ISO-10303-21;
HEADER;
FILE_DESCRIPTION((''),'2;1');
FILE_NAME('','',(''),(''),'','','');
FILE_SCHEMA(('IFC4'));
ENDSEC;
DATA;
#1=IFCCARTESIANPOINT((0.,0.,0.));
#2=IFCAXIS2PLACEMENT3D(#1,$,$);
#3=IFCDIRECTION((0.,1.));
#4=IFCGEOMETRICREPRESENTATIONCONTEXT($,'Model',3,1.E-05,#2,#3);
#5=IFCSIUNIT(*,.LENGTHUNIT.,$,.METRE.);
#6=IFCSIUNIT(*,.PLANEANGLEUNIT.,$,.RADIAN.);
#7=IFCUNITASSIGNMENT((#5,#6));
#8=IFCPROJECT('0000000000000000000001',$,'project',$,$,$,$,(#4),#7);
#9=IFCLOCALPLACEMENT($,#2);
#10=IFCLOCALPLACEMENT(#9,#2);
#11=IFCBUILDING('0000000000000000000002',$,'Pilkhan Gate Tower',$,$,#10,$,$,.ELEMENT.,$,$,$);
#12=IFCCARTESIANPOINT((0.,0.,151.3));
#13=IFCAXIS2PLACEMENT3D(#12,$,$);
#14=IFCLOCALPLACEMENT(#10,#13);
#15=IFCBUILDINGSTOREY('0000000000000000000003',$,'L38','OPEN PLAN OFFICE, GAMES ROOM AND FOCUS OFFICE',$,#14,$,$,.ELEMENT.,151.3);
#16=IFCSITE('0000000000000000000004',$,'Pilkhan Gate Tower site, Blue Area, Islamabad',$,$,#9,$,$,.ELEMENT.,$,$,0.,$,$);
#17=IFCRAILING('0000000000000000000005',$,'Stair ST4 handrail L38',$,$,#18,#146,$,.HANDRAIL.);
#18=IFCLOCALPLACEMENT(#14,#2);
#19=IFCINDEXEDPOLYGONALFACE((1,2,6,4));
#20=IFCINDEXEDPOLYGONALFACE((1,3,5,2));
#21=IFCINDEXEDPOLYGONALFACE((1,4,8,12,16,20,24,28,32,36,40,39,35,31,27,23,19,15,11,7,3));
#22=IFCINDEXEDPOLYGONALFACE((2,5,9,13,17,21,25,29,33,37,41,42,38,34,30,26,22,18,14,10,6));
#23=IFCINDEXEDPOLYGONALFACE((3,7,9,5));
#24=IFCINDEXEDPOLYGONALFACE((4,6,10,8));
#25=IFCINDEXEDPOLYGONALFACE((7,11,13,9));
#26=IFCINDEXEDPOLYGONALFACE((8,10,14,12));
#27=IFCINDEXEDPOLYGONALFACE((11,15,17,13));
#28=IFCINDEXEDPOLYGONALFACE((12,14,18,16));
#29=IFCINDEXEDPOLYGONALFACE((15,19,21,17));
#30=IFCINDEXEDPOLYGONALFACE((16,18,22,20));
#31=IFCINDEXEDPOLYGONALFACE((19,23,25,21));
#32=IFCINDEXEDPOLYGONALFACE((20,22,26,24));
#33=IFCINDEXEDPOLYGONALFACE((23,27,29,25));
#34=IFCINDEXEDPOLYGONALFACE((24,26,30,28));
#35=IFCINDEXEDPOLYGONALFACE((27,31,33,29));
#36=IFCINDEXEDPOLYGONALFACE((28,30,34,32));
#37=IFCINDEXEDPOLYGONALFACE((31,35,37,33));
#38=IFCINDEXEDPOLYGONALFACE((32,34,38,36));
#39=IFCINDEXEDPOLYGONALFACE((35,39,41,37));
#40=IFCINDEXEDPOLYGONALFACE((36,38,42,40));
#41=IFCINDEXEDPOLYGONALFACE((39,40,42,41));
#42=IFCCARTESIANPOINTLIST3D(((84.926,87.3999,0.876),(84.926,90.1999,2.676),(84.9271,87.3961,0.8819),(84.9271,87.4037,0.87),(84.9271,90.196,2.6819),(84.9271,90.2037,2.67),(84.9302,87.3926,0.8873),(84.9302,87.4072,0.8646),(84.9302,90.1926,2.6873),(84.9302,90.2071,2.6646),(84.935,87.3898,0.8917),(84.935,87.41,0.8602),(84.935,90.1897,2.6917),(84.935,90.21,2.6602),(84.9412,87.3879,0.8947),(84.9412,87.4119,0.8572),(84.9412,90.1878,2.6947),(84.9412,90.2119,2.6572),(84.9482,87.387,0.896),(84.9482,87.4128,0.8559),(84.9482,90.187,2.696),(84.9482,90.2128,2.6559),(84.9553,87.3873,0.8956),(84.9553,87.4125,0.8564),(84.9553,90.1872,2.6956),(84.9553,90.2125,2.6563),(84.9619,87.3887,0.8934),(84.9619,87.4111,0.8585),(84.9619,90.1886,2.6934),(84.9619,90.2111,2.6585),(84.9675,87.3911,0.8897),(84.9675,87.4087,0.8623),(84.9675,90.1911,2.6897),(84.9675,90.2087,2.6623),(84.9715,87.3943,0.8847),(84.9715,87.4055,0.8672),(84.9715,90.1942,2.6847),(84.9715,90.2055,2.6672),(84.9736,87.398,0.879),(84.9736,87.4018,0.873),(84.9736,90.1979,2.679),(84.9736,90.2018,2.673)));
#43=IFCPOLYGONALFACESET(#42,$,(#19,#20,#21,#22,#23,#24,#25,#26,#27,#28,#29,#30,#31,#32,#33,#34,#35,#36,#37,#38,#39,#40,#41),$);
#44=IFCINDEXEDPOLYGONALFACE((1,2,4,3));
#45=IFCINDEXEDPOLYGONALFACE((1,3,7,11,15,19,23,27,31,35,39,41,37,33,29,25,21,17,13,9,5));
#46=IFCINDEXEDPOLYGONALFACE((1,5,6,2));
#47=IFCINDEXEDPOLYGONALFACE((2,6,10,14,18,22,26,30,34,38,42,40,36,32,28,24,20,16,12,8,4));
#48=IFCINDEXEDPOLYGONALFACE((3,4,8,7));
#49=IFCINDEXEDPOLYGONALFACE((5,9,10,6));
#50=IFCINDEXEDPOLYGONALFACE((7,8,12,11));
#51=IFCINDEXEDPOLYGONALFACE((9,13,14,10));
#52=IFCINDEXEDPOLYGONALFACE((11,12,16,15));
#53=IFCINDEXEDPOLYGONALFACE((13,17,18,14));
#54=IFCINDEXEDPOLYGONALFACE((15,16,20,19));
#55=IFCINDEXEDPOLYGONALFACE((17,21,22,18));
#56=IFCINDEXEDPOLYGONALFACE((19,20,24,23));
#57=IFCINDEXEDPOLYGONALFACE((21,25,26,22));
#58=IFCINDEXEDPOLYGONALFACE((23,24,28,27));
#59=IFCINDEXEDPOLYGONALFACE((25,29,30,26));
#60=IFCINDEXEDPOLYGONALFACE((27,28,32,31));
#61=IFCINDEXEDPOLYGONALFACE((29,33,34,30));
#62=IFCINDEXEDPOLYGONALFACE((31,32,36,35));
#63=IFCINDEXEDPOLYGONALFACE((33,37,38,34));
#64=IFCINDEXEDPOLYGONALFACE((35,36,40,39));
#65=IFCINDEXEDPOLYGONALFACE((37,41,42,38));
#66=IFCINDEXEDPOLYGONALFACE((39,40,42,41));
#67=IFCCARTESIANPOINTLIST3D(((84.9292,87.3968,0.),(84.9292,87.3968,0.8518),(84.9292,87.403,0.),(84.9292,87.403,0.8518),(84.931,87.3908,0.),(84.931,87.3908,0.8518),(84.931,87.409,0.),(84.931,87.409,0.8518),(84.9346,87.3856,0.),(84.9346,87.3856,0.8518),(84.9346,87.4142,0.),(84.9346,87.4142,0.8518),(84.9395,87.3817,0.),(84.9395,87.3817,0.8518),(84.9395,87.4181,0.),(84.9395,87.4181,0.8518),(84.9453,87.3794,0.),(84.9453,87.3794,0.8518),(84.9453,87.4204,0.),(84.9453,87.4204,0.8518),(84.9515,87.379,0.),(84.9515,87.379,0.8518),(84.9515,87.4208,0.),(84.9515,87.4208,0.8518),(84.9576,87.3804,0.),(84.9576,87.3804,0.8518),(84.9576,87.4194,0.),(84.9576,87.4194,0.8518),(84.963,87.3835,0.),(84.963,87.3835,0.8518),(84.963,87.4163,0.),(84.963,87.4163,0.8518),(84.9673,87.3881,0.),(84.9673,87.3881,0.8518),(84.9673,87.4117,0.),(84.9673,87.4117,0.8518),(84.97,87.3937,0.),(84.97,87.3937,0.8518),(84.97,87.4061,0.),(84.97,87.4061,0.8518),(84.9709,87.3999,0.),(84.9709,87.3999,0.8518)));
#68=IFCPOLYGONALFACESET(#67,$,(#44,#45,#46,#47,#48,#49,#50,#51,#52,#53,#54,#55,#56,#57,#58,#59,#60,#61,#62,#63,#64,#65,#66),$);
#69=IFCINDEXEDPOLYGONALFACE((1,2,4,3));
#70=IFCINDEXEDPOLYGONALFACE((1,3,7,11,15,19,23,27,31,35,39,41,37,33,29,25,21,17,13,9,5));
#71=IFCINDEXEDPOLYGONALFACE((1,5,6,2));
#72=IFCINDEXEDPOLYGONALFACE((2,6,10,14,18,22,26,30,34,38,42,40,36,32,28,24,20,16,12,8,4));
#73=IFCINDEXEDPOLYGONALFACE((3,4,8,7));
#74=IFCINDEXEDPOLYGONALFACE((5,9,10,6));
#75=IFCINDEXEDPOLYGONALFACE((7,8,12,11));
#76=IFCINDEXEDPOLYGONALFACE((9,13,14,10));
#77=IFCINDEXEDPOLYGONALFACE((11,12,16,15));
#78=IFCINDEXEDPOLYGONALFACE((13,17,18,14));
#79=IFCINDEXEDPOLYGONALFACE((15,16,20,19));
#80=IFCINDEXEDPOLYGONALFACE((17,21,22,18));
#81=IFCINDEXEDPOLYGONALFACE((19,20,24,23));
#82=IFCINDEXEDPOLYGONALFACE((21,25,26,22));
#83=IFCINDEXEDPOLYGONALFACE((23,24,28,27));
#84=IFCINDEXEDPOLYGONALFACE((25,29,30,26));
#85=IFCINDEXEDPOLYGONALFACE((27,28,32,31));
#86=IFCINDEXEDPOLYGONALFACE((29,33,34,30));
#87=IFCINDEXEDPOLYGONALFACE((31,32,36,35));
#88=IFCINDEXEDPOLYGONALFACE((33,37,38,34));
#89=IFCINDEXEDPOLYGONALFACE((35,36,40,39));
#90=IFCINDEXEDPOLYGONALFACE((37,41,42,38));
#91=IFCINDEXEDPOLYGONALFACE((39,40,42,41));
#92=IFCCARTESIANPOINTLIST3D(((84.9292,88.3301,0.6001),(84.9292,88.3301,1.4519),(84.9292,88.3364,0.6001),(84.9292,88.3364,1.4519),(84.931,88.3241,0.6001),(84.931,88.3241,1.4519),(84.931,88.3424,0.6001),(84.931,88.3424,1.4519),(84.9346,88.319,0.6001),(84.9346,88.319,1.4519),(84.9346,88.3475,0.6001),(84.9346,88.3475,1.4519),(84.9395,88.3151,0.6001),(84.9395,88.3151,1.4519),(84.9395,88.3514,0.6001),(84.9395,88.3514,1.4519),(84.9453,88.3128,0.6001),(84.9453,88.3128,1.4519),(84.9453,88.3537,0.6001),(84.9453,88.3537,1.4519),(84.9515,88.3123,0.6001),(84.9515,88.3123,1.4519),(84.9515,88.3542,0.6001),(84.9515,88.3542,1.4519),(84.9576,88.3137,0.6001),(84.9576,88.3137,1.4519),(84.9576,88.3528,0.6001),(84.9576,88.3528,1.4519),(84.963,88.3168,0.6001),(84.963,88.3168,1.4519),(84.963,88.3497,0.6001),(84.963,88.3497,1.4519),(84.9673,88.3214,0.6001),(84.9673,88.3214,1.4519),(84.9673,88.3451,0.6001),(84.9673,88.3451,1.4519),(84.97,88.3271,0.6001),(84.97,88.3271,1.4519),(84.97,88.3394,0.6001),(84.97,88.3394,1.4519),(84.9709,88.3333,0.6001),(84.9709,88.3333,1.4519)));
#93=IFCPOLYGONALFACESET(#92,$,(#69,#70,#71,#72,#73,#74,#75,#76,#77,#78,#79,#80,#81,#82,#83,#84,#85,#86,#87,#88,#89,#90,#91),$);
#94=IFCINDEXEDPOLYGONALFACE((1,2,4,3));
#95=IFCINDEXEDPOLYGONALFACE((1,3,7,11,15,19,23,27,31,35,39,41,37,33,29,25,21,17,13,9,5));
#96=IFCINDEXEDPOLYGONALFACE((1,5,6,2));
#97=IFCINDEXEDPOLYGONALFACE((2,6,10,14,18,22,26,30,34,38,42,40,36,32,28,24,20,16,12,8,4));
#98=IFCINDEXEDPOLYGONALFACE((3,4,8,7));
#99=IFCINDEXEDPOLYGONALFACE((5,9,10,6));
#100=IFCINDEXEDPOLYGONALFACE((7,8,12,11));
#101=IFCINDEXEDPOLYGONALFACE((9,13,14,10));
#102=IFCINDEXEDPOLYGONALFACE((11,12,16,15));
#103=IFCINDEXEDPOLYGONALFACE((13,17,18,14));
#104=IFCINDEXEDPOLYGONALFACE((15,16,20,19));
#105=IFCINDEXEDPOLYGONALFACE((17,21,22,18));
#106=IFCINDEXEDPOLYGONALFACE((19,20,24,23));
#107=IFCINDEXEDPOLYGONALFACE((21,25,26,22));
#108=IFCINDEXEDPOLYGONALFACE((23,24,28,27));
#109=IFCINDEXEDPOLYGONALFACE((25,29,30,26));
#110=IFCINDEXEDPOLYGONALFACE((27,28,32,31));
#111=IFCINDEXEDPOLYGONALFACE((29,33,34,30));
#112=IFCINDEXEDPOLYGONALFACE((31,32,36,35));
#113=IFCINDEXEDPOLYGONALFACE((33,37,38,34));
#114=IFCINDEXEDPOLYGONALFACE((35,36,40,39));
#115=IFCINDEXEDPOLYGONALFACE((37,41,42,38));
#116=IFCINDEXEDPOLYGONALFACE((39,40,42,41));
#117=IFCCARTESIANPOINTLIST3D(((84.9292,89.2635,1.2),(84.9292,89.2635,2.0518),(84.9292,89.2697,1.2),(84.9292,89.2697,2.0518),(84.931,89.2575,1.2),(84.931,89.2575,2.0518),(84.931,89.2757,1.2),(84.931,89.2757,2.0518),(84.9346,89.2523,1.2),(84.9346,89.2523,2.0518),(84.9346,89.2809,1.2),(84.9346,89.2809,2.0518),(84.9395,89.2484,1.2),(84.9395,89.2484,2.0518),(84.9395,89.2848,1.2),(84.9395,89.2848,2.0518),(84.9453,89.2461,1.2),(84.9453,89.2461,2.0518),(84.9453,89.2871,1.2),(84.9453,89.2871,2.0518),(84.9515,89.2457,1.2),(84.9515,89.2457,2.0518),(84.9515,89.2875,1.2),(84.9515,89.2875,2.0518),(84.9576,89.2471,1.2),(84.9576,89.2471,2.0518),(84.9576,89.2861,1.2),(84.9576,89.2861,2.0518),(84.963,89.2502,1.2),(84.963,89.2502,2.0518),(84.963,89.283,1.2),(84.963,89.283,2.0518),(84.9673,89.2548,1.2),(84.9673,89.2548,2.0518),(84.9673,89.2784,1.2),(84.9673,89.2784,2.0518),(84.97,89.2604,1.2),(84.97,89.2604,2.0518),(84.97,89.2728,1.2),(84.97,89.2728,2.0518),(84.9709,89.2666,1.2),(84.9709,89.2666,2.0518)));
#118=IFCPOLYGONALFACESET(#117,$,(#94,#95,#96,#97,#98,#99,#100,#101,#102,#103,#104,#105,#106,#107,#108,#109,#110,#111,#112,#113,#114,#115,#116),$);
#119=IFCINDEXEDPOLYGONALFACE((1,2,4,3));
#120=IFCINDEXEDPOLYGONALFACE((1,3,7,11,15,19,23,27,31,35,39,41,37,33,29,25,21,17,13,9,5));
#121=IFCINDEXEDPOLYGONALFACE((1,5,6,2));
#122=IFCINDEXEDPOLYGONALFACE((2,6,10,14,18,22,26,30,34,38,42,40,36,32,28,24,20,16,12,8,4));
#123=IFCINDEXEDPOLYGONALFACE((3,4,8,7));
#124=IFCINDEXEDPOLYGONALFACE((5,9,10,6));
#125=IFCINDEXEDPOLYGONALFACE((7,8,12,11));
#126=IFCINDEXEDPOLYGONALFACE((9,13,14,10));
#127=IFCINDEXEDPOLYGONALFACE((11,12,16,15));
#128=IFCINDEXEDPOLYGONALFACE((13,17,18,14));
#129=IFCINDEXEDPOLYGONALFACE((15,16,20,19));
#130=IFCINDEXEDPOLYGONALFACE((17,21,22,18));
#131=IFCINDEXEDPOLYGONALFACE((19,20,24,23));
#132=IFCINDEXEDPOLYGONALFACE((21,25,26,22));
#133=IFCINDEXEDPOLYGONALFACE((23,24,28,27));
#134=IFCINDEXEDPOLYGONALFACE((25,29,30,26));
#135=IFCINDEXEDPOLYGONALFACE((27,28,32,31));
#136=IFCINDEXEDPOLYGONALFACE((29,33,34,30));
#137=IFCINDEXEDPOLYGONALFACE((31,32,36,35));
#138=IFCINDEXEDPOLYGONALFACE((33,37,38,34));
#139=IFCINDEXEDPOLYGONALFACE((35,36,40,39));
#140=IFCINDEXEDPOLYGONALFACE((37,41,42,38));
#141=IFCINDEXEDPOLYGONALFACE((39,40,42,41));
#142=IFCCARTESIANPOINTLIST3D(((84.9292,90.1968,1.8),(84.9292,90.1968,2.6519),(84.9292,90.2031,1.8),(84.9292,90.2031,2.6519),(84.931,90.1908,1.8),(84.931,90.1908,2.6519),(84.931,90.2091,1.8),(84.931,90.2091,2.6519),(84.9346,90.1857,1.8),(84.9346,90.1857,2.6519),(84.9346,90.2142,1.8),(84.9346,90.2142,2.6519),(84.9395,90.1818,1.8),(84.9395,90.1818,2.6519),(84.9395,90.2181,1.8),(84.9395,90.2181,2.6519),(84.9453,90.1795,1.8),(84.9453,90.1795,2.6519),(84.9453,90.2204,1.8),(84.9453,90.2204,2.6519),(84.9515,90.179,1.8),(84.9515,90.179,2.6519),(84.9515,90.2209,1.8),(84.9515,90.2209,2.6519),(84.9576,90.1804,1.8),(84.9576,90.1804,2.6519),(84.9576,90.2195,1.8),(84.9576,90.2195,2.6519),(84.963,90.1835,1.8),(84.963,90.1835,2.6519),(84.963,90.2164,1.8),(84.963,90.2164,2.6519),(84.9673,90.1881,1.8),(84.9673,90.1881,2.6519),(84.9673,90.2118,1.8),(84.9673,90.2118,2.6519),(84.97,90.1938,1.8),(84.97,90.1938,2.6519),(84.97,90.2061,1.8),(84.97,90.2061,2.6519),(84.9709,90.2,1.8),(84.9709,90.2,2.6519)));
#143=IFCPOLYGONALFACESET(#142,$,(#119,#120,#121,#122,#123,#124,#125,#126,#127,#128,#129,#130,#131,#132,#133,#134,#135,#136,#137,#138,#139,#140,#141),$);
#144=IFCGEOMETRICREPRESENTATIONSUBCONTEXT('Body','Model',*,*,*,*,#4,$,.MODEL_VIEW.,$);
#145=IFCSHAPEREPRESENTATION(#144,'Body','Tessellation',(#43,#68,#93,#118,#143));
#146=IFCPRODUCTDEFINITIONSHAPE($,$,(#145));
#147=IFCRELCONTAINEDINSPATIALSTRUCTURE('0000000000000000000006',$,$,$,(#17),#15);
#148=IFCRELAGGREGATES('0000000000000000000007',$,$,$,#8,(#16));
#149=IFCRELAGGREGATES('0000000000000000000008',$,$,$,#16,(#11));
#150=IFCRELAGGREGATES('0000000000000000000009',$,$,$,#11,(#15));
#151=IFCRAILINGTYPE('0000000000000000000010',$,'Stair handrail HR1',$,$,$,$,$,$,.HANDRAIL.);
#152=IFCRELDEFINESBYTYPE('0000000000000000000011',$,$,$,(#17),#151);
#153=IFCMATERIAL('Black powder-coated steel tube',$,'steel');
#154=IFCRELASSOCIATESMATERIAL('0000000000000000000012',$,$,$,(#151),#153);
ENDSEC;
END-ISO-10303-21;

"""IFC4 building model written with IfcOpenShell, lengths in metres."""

from ifc_helpers import new_model, si_unit, direction, frame, origin, origin_2d, place, context, subcontext, project, spatial, circle, extrude, material, type_object, element, save


model = new_model("IFC4")

# Units and contexts
model_context = context("Model", 3, precision=1e-05, world=origin(), true_north=direction((0.0, 1.0)))
body_context = subcontext(model_context, "Body", "Model", "MODEL_VIEW")
ifc_project = project(units=[si_unit("LENGTHUNIT", "METRE"), si_unit("PLANEANGLEUNIT", "RADIAN")], contexts=[model_context])

# Site, building, storey
site_placement = place(None, origin())
site = spatial("IfcSite", under=ifc_project, at=site_placement, Name="Pilkhan Gate Tower site, Blue Area, Islamabad", CompositionType="ELEMENT", RefElevation=0.0)
building_placement = place(site_placement, origin())
building = spatial("IfcBuilding", under=site, at=building_placement, Name="Pilkhan Gate Tower", CompositionType="ELEMENT")
storey_placement = place(building_placement, frame((0.0, 0.0, 151.3)))
storey = spatial("IfcBuildingStorey", under=building, at=storey_placement, Name="L38", Description="OPEN PLAN OFFICE, GAMES ROOM AND FOCUS OFFICE", CompositionType="ELEMENT", Elevation=151.3)

# Railing
ifc_material_1 = material(Name="Black powder-coated steel tube", Category="steel")
railing_type_1 = type_object("IfcRailingType", Name="Stair handrail HR1", PredefinedType="HANDRAIL", material=ifc_material_1)
railing_1_placement = place(storey_placement, frame((84.95, 87.3999, 0.0)))
element("IfcRailing", 1, at=railing_1_placement, inside=storey, type_object=railing_type_1, Name="Stair ST4 handrail L38", PredefinedType="HANDRAIL", context=body_context, shape_type="SweptSolid", body=[
    extrude(circle(Radius=0.0239, at=origin_2d()), frame((0.0, 0.0, 0.876), z_axis=(0.0, 0.841176, 0.540761), x_axis=(-1.0, 0.0, 0.0)), (0.0, 0.0, 1.0), 3.3286),
    extrude(circle(Radius=0.021, at=origin_2d()), origin(), (0.0, 0.0, 1.0), 0.8518),
    extrude(circle(Radius=0.021, at=origin_2d()), frame((0.0, 0.9333, 0.6001)), (0.0, 0.0, 1.0), 0.8518),
    extrude(circle(Radius=0.021, at=origin_2d()), frame((0.0, 1.8667, 1.2)), (0.0, 0.0, 1.0), 0.8518),
    extrude(circle(Radius=0.021, at=origin_2d()), frame((0.0, 2.8, 1.8)), (0.0, 0.0, 1.0), 0.8518),
])

save(model, "model.ifc")
